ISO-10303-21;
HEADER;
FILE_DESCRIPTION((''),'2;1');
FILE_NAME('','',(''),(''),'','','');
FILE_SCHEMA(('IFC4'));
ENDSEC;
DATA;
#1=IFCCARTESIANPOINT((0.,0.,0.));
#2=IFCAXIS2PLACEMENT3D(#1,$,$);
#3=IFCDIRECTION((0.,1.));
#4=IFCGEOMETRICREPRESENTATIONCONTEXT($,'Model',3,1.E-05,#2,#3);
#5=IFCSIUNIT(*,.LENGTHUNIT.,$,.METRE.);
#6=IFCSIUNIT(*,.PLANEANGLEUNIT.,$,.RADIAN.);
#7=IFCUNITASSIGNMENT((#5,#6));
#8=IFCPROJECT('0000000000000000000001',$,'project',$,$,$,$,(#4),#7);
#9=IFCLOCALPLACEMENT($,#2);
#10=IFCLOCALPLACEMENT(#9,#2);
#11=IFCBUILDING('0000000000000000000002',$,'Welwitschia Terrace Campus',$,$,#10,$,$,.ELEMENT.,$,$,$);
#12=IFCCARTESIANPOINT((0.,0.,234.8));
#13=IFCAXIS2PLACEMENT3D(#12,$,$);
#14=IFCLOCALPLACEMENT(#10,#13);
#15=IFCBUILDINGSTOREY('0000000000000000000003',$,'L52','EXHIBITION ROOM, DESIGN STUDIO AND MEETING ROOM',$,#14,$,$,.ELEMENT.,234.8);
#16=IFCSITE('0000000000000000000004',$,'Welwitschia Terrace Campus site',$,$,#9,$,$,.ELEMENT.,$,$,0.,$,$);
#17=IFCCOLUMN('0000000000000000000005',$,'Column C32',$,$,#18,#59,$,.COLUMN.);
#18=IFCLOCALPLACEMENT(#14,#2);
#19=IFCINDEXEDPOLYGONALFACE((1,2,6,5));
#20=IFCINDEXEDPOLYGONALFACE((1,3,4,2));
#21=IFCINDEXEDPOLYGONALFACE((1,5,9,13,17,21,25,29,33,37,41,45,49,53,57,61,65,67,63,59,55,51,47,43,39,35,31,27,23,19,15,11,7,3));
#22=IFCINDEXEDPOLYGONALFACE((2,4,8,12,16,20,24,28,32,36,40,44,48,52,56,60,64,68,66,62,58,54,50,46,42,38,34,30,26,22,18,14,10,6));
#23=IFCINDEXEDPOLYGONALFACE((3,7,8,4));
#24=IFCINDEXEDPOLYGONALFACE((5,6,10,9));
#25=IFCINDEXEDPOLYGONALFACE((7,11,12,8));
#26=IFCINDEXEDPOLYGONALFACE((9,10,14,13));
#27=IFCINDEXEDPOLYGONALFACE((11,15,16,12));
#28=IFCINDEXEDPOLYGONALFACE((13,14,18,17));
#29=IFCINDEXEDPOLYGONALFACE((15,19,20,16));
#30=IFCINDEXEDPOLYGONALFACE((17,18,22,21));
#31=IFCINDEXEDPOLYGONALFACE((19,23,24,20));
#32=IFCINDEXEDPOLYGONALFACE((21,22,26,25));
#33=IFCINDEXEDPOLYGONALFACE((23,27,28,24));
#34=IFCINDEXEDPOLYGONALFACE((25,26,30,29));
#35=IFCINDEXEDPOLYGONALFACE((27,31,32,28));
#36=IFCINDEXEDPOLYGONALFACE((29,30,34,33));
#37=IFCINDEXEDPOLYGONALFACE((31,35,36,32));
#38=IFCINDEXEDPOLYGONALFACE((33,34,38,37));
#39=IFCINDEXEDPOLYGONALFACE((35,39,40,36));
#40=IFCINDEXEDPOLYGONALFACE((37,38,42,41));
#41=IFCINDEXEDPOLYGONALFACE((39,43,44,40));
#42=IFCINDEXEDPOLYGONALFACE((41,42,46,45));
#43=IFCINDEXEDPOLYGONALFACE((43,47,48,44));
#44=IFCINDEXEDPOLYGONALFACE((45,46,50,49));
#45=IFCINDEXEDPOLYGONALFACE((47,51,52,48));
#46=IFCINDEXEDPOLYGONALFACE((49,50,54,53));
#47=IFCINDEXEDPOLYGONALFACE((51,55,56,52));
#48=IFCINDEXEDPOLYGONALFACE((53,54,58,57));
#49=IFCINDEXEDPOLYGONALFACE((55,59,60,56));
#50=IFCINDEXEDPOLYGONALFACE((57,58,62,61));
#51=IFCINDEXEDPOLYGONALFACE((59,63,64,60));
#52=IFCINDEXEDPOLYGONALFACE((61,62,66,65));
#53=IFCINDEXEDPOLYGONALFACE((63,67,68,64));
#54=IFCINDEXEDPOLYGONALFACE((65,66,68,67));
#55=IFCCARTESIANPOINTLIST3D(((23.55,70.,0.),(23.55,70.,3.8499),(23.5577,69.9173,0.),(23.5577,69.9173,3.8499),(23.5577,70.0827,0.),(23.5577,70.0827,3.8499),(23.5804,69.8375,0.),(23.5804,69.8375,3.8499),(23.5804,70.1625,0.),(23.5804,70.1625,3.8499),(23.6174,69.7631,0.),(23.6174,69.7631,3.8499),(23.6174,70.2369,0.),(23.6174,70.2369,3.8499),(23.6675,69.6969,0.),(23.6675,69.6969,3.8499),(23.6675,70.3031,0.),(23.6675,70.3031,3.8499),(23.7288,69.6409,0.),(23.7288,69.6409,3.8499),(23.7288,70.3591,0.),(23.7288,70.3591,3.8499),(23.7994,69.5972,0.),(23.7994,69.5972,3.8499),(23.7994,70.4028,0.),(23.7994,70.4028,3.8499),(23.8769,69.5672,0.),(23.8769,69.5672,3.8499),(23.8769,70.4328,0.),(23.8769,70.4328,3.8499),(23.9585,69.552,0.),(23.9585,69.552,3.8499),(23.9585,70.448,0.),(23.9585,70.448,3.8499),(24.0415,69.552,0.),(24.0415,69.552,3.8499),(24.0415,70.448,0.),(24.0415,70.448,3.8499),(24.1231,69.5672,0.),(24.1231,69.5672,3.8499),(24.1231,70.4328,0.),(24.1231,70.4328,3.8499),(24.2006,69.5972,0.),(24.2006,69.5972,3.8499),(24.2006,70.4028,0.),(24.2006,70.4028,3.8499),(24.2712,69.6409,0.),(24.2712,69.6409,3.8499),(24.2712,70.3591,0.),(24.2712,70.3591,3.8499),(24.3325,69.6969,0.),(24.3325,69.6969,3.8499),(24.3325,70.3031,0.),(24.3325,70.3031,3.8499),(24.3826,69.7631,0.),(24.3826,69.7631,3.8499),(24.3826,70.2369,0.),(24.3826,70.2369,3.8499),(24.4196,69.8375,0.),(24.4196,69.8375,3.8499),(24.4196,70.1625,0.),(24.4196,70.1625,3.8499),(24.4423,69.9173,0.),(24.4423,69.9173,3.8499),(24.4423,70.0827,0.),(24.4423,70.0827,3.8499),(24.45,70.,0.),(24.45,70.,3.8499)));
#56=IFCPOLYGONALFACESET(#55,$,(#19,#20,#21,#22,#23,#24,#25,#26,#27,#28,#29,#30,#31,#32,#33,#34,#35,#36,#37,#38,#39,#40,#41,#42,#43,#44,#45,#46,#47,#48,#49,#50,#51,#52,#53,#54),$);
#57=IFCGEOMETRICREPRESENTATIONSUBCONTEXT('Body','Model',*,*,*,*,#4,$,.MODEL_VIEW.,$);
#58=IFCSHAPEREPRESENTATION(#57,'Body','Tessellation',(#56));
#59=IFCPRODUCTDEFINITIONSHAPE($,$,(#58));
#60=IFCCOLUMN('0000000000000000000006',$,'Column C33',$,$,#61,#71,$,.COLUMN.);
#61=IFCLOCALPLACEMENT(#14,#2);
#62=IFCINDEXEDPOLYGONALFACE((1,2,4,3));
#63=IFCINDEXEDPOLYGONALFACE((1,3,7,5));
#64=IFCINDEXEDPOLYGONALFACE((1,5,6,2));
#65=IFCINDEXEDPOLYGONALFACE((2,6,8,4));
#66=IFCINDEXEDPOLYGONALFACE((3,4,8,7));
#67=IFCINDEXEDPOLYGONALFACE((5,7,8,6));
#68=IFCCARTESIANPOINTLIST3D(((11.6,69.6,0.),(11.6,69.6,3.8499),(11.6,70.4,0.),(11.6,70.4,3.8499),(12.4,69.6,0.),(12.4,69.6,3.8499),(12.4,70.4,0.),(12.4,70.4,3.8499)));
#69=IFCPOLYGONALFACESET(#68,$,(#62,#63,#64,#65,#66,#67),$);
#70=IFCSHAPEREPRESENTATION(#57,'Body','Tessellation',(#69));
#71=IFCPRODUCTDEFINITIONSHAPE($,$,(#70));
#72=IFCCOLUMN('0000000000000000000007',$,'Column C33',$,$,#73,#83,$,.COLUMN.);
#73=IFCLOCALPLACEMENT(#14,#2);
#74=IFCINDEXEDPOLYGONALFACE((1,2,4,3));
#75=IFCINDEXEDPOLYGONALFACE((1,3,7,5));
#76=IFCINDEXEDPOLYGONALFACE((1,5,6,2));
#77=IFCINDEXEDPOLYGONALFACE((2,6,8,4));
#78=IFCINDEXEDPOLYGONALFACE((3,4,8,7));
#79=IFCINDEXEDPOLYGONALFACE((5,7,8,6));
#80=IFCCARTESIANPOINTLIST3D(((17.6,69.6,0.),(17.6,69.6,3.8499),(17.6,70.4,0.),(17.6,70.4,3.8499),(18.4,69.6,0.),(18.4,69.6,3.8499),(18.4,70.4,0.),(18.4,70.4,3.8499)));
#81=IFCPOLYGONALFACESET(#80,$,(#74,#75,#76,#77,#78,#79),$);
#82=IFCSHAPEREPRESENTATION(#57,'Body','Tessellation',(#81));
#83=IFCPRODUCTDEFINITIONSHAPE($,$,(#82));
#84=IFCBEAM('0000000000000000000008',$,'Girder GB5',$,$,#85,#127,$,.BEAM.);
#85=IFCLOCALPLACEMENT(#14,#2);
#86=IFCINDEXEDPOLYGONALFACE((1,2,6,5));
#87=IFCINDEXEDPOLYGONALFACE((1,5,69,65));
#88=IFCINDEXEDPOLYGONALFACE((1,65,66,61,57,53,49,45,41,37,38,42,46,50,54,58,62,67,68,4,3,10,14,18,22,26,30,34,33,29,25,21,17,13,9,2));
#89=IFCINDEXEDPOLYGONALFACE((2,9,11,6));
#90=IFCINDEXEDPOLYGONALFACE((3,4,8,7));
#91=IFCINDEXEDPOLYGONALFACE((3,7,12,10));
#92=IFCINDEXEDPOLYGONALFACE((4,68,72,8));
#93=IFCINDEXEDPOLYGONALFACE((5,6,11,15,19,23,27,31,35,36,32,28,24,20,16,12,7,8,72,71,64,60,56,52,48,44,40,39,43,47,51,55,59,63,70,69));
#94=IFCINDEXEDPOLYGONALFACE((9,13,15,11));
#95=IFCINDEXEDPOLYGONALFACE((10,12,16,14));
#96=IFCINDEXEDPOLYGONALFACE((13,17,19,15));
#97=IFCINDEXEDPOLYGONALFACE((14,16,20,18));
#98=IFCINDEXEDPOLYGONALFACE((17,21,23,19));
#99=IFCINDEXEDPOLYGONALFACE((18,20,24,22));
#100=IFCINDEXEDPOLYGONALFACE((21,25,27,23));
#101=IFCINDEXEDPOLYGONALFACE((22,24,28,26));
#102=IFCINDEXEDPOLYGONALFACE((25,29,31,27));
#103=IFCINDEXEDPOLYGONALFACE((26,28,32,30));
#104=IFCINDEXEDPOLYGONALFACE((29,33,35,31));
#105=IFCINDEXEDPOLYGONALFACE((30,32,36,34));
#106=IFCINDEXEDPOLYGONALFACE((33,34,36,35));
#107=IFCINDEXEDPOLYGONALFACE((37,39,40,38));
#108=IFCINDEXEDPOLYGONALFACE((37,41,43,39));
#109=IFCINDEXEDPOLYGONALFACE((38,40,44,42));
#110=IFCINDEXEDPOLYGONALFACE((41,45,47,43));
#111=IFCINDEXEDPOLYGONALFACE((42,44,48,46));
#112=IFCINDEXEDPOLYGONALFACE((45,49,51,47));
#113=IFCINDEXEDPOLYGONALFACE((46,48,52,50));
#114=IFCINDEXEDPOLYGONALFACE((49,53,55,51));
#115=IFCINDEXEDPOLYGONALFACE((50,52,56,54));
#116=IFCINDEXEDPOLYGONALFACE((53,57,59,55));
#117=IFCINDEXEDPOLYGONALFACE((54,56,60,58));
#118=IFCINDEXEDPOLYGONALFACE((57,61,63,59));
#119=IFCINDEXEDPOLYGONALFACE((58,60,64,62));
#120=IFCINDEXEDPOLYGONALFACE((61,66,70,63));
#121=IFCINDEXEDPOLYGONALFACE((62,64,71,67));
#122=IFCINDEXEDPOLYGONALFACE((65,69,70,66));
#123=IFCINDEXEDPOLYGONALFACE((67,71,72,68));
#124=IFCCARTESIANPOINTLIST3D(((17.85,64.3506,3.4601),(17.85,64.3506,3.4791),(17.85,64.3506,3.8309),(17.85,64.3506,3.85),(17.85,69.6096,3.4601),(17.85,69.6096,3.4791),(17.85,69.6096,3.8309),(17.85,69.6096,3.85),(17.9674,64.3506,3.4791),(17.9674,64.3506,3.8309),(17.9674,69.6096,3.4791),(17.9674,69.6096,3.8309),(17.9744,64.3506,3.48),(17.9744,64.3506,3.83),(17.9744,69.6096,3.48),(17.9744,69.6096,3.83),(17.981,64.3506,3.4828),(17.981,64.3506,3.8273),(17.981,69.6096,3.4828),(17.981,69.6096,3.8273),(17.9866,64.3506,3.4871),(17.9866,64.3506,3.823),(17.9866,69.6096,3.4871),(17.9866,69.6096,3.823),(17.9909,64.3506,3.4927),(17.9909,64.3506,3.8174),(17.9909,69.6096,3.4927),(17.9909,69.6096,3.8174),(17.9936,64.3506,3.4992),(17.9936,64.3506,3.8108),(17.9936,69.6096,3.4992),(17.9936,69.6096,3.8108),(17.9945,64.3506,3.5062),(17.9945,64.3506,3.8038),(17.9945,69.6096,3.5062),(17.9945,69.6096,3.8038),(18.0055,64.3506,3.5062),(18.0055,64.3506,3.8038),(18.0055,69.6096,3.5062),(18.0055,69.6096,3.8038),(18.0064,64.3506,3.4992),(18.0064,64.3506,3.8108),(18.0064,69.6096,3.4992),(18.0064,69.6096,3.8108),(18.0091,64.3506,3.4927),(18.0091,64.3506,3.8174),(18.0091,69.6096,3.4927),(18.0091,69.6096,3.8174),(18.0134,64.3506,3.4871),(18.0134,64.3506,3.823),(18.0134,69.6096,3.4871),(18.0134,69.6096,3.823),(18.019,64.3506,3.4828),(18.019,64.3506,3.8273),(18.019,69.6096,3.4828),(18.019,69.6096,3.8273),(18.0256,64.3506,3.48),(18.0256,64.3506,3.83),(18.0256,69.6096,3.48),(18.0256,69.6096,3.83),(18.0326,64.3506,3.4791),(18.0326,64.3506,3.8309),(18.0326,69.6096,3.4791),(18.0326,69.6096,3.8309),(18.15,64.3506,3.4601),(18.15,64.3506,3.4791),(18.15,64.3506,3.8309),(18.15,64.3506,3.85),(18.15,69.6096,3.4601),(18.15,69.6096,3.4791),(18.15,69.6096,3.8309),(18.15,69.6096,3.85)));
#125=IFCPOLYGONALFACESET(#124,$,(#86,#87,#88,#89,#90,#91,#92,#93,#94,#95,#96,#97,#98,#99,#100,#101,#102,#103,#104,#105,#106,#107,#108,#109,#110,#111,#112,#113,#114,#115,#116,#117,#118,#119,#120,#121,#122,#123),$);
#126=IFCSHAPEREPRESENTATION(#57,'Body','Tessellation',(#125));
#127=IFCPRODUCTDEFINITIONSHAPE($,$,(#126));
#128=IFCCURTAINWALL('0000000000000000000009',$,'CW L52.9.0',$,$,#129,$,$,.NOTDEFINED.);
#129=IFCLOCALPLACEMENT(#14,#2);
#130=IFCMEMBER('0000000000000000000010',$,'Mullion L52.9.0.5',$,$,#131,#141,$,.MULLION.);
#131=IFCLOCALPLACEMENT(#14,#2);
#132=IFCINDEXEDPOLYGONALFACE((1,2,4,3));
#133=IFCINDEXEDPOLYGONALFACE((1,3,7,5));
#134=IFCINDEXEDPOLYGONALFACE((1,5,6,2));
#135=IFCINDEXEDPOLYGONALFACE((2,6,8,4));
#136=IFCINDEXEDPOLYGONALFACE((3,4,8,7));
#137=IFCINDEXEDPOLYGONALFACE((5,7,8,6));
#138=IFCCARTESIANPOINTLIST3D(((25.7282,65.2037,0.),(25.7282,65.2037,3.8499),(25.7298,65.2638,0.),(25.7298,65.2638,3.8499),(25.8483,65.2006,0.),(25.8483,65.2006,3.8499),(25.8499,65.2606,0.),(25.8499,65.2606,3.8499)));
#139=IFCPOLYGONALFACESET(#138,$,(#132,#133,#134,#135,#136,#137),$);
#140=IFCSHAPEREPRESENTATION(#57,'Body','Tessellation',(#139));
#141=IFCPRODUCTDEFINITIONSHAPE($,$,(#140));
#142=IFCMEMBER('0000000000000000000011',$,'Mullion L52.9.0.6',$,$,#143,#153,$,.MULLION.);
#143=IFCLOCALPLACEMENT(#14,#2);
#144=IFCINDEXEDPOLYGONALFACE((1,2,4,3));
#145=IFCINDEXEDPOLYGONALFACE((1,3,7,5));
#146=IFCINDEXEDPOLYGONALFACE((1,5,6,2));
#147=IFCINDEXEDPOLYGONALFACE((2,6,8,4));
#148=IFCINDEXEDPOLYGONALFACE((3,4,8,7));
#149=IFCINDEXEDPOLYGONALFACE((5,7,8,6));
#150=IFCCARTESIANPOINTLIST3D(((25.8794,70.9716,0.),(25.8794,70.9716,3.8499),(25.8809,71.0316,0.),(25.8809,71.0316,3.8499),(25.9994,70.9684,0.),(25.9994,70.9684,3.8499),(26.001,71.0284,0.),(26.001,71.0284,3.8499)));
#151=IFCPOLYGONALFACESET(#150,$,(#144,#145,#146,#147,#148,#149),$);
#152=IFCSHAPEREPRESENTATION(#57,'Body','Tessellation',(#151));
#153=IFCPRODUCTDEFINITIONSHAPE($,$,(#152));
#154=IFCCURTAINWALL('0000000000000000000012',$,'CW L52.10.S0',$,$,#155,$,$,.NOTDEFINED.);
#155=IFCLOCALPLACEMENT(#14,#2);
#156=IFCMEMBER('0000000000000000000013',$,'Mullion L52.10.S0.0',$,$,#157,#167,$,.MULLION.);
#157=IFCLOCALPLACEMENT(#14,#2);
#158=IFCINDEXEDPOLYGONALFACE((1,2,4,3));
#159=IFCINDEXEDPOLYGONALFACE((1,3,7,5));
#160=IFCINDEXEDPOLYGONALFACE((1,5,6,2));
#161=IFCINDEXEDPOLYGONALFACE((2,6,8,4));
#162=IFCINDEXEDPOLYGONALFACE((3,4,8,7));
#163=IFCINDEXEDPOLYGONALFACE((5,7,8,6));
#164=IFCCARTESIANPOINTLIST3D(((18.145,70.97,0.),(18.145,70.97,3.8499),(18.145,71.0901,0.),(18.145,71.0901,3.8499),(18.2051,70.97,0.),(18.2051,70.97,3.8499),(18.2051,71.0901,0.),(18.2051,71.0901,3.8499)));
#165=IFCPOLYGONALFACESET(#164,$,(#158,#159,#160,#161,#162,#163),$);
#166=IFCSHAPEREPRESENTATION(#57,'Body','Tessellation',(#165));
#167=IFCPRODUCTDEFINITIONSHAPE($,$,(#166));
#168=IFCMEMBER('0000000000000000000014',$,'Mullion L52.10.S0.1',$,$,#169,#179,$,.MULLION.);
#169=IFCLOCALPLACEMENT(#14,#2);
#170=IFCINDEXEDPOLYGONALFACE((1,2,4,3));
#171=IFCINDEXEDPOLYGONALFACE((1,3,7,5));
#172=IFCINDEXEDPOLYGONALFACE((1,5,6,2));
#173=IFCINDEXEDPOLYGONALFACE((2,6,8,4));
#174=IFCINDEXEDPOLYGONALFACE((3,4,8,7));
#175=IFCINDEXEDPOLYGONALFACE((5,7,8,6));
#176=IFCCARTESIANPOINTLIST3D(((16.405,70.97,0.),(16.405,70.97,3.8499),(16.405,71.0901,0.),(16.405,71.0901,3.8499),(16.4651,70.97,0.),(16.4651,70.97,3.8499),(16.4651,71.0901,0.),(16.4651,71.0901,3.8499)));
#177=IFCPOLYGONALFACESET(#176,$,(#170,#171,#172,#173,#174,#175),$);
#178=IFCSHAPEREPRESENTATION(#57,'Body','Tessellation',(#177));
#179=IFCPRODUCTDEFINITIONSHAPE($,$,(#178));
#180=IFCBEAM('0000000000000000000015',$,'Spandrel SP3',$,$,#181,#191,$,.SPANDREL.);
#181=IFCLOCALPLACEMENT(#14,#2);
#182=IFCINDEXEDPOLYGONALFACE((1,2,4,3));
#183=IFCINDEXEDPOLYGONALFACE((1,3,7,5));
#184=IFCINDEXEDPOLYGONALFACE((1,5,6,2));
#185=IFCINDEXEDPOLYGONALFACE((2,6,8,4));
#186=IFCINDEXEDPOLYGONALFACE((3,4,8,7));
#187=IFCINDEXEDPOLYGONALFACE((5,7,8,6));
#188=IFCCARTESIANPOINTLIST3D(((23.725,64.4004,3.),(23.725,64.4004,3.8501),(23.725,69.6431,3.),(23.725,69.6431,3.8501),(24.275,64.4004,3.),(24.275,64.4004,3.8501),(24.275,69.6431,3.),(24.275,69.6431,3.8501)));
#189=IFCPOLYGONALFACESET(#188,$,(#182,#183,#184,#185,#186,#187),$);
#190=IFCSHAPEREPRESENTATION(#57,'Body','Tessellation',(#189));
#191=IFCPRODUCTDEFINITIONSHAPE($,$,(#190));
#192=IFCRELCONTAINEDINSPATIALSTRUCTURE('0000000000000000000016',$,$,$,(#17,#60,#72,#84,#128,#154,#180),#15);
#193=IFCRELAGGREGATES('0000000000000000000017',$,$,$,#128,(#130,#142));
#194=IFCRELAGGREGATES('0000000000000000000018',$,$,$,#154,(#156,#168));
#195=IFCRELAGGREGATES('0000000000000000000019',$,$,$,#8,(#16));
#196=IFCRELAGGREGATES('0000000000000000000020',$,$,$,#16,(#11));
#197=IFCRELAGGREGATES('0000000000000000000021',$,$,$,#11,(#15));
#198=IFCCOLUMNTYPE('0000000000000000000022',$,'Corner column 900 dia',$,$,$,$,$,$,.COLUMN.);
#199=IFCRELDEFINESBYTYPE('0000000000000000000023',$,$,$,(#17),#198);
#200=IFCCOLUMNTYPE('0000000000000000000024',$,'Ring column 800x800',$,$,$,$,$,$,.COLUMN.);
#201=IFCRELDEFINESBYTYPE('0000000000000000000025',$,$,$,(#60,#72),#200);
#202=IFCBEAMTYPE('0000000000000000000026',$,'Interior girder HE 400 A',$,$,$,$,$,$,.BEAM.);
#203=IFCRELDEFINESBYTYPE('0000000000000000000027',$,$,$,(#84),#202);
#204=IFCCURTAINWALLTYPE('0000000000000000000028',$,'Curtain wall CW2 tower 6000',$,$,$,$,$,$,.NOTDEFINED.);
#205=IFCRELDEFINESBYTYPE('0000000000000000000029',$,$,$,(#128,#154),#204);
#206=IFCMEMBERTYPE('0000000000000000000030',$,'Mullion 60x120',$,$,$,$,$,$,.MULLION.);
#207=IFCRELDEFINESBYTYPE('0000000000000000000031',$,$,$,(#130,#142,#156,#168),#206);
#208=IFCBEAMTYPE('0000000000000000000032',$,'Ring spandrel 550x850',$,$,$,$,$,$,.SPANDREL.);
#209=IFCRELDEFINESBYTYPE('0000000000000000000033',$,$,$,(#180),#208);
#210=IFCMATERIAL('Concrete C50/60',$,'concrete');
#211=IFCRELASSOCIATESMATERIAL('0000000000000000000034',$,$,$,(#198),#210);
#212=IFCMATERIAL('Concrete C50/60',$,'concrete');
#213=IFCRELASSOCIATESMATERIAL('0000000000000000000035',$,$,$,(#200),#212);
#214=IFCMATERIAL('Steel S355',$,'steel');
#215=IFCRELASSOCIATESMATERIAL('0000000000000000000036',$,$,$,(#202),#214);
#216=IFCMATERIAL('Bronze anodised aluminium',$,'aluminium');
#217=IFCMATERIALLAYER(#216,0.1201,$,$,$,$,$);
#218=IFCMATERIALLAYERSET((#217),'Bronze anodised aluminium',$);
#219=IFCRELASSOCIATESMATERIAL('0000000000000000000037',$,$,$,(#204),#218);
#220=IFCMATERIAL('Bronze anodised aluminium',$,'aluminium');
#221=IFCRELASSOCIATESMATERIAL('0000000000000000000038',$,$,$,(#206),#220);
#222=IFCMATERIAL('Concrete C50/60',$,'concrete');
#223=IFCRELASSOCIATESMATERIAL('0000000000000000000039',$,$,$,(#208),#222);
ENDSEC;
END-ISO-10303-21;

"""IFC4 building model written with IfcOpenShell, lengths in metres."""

from ifc_helpers import new_model, si_unit, direction, frame, origin, origin_2d, place, context, subcontext, project, spatial, rectangle, circle, i_section, extrude, material, layer, layer_set, material_profile, profile_set, type_object, element, aggregate, save


model = new_model("IFC4")

# Units and contexts
model_context = context("Model", 3, precision=1e-05, world=origin(), true_north=direction((0.0, 1.0)))
body_context = subcontext(model_context, "Body", "Model", "MODEL_VIEW")
ifc_project = project(units=[si_unit("LENGTHUNIT", "METRE"), si_unit("PLANEANGLEUNIT", "RADIAN")], contexts=[model_context])

# Site, building, storey
site_placement = place(None, origin())
site = spatial("IfcSite", under=ifc_project, at=site_placement, Name="Welwitschia Terrace Campus site", CompositionType="ELEMENT", RefElevation=0.0)
building_placement = place(site_placement, origin())
building = spatial("IfcBuilding", under=site, at=building_placement, Name="Welwitschia Terrace Campus", CompositionType="ELEMENT")
storey_placement = place(building_placement, frame((0.0, 0.0, 234.8)))
storey = spatial("IfcBuildingStorey", under=building, at=storey_placement, Name="L52", Description="EXHIBITION ROOM, DESIGN STUDIO AND MEETING ROOM", CompositionType="ELEMENT", Elevation=234.8)

# Columns
ifc_material_1 = material(Name="Concrete C50/60", Category="concrete")
ifc_material_profile_1 = material_profile(ifc_material_1, circle(Radius=0.45, at=origin_2d()))
ifc_profile_set_1 = profile_set([ifc_material_profile_1], Name="Concrete C50/60")
column_type_1 = type_object("IfcColumnType", Name="Corner column 900 dia", PredefinedType="COLUMN", material=ifc_profile_set_1)
column_placement = place(storey_placement, frame((24.0, 70.0, 0.0), z_axis=(0.0, 0.0, 1.0), x_axis=(1.0, 0.0, 0.0)))
element("IfcColumn", 1, at=column_placement, inside=storey, type_object=column_type_1, Name="Column C32", PredefinedType="COLUMN", context=body_context, shape_type="SweptSolid", body=[
    extrude(circle(Radius=0.45, at=origin_2d()), origin(), (0.0, 0.0, 1.0), 3.8499),
])
ifc_material_2 = material(Name="Concrete C50/60", Category="concrete")
ifc_material_profile_2 = material_profile(ifc_material_2, rectangle(XDim=0.8, YDim=0.8, at=origin_2d()))
ifc_profile_set_2 = profile_set([ifc_material_profile_2], Name="Concrete C50/60")
column_type_2 = type_object("IfcColumnType", Name="Ring column 800x800", PredefinedType="COLUMN", material=ifc_profile_set_2)
for number, where, z_axis, x_axis, name in (
    (2, (12.0, 70.0, 0.0), (0.0, 0.0, 1.0), (1.0, 0.0, 0.0), "Column C33"),
    (3, (18.0, 70.0, 0.0), (0.0, 0.0, 1.0), (1.0, 0.0, 0.0), "Column C33"),
):
    element("IfcColumn", number, at=place(storey_placement, frame(where, z_axis=z_axis, x_axis=x_axis)), inside=storey, type_object=column_type_2, Name=name, PredefinedType="COLUMN", context=body_context, shape_type="SweptSolid", body=[
        extrude(rectangle(XDim=0.8, YDim=0.8, at=origin_2d()), origin(), (0.0, 0.0, 1.0), 3.8499),
    ])

# Beam
ifc_material_3 = material(Name="Steel S355", Category="steel")
ifc_material_profile_3 = material_profile(ifc_material_3, i_section(OverallWidth=0.3, OverallDepth=0.3899, WebThickness=0.011, FlangeThickness=0.019, FilletRadius=0.0271, at=origin_2d()))
ifc_profile_set_3 = profile_set([ifc_material_profile_3], Name="Steel S355")
beam_type_1 = type_object("IfcBeamType", Name="Interior girder HE 400 A", PredefinedType="BEAM", material=ifc_profile_set_3)
beam_1_placement = place(storey_placement, frame((18.0, 64.3506, 3.655), z_axis=(0.0, 1.0, 0.0), x_axis=(-1.0, 0.0, 0.0)))
element("IfcBeam", 4, at=beam_1_placement, inside=storey, type_object=beam_type_1, Name="Girder GB5", PredefinedType="BEAM", context=body_context, shape_type="SweptSolid", body=[
    extrude(i_section(OverallWidth=0.3, OverallDepth=0.3899, WebThickness=0.011, FlangeThickness=0.019, FilletRadius=0.0271, at=origin_2d()), origin(), (0.0, 0.0, 1.0), 5.259),
])

# Curtain walls, members
ifc_material_4 = material(Name="Bronze anodised aluminium", Category="aluminium")
ifc_layer_1 = layer(ifc_material_4, 0.1201)
ifc_layer_set_1 = layer_set([ifc_layer_1], Name="Bronze anodised aluminium")
curtain_wall_type = type_object("IfcCurtainWallType", Name="Curtain wall CW2 tower 6000", PredefinedType="NOTDEFINED", material=ifc_layer_set_1)
curtain_wall_1_placement = place(storey_placement, origin())
curtain_wall_1 = element("IfcCurtainWall", 5, at=curtain_wall_1_placement, inside=storey, type_object=curtain_wall_type, Name="CW L52.9.0", PredefinedType="NOTDEFINED")
ifc_material_5 = material(Name="Bronze anodised aluminium", Category="aluminium")
ifc_material_profile_4 = material_profile(ifc_material_5, rectangle(XDim=0.1201, YDim=0.0601, at=origin_2d()))
ifc_profile_set_4 = profile_set([ifc_material_profile_4], Name="Bronze anodised aluminium")
member_type_1 = type_object("IfcMemberType", Name="Mullion 60x120", PredefinedType="MULLION", material=ifc_profile_set_4)
member_1_placement = place(storey_placement, frame((25.7891, 65.2322, 0.0), z_axis=(0.0, 0.0, 1.0), x_axis=(-0.999657, 0.026177, 0.0)))
member_1 = element("IfcMember", 6, at=member_1_placement, type_object=member_type_1, Name="Mullion L52.9.0.5", PredefinedType="MULLION", context=body_context, shape_type="SweptSolid", body=[
    extrude(rectangle(XDim=0.1201, YDim=0.0601, at=origin_2d()), origin(), (0.0, 0.0, 1.0), 3.8499),
])
member_2_placement = place(storey_placement, frame((25.9402, 71.0, 0.0), z_axis=(0.0, 0.0, 1.0), x_axis=(-0.999657, 0.026177, 0.0)))
member_2 = element("IfcMember", 7, at=member_2_placement, type_object=member_type_1, Name="Mullion L52.9.0.6", PredefinedType="MULLION", context=body_context, shape_type="SweptSolid", body=[
    extrude(rectangle(XDim=0.1201, YDim=0.0601, at=origin_2d()), origin(), (0.0, 0.0, 1.0), 3.8499),
])
curtain_wall_2_placement = place(storey_placement, origin())
curtain_wall_2 = element("IfcCurtainWall", 8, at=curtain_wall_2_placement, inside=storey, type_object=curtain_wall_type, Name="CW L52.10.S0", PredefinedType="NOTDEFINED")
member_3_placement = place(storey_placement, frame((18.175, 71.03, 0.0), z_axis=(0.0, 0.0, 1.0), x_axis=(0.0, -1.0, 0.0)))
member_3 = element("IfcMember", 9, at=member_3_placement, type_object=member_type_1, Name="Mullion L52.10.S0.0", PredefinedType="MULLION", context=body_context, shape_type="SweptSolid", body=[
    extrude(rectangle(XDim=0.1201, YDim=0.0601, at=origin_2d()), origin(), (0.0, 0.0, 1.0), 3.8499),
])
member_4_placement = place(storey_placement, frame((16.4351, 71.03, 0.0), z_axis=(0.0, 0.0, 1.0), x_axis=(0.0, -1.0, 0.0)))
member_4 = element("IfcMember", 10, at=member_4_placement, type_object=member_type_1, Name="Mullion L52.10.S0.1", PredefinedType="MULLION", context=body_context, shape_type="SweptSolid", body=[
    extrude(rectangle(XDim=0.1201, YDim=0.0601, at=origin_2d()), origin(), (0.0, 0.0, 1.0), 3.8499),
])

# Beam
ifc_material_6 = material(Name="Concrete C50/60", Category="concrete")
ifc_material_profile_5 = material_profile(ifc_material_6, rectangle(XDim=0.55, YDim=0.8501, at=origin_2d()))
ifc_profile_set_5 = profile_set([ifc_material_profile_5], Name="Concrete C50/60")
beam_type_2 = type_object("IfcBeamType", Name="Ring spandrel 550x850", PredefinedType="SPANDREL", material=ifc_profile_set_5)
for number, where, z_axis, x_axis, name in (
    (11, (24.0, 64.4004, 3.425), (0.0, 1.0, 0.0), (-1.0, 0.0, 0.0), "Spandrel SP3"),
):
    element("IfcBeam", number, at=place(storey_placement, frame(where, z_axis=z_axis, x_axis=x_axis)), inside=storey, type_object=beam_type_2, Name=name, PredefinedType="SPANDREL", context=body_context, shape_type="SweptSolid", body=[
        extrude(rectangle(XDim=0.55, YDim=0.8501, at=origin_2d()), origin(), (0.0, 0.0, 1.0), 5.2427),
    ])

aggregate(curtain_wall_1, [member_1, member_2])
aggregate(curtain_wall_2, [member_3, member_4])

save(model, "model.ifc")
